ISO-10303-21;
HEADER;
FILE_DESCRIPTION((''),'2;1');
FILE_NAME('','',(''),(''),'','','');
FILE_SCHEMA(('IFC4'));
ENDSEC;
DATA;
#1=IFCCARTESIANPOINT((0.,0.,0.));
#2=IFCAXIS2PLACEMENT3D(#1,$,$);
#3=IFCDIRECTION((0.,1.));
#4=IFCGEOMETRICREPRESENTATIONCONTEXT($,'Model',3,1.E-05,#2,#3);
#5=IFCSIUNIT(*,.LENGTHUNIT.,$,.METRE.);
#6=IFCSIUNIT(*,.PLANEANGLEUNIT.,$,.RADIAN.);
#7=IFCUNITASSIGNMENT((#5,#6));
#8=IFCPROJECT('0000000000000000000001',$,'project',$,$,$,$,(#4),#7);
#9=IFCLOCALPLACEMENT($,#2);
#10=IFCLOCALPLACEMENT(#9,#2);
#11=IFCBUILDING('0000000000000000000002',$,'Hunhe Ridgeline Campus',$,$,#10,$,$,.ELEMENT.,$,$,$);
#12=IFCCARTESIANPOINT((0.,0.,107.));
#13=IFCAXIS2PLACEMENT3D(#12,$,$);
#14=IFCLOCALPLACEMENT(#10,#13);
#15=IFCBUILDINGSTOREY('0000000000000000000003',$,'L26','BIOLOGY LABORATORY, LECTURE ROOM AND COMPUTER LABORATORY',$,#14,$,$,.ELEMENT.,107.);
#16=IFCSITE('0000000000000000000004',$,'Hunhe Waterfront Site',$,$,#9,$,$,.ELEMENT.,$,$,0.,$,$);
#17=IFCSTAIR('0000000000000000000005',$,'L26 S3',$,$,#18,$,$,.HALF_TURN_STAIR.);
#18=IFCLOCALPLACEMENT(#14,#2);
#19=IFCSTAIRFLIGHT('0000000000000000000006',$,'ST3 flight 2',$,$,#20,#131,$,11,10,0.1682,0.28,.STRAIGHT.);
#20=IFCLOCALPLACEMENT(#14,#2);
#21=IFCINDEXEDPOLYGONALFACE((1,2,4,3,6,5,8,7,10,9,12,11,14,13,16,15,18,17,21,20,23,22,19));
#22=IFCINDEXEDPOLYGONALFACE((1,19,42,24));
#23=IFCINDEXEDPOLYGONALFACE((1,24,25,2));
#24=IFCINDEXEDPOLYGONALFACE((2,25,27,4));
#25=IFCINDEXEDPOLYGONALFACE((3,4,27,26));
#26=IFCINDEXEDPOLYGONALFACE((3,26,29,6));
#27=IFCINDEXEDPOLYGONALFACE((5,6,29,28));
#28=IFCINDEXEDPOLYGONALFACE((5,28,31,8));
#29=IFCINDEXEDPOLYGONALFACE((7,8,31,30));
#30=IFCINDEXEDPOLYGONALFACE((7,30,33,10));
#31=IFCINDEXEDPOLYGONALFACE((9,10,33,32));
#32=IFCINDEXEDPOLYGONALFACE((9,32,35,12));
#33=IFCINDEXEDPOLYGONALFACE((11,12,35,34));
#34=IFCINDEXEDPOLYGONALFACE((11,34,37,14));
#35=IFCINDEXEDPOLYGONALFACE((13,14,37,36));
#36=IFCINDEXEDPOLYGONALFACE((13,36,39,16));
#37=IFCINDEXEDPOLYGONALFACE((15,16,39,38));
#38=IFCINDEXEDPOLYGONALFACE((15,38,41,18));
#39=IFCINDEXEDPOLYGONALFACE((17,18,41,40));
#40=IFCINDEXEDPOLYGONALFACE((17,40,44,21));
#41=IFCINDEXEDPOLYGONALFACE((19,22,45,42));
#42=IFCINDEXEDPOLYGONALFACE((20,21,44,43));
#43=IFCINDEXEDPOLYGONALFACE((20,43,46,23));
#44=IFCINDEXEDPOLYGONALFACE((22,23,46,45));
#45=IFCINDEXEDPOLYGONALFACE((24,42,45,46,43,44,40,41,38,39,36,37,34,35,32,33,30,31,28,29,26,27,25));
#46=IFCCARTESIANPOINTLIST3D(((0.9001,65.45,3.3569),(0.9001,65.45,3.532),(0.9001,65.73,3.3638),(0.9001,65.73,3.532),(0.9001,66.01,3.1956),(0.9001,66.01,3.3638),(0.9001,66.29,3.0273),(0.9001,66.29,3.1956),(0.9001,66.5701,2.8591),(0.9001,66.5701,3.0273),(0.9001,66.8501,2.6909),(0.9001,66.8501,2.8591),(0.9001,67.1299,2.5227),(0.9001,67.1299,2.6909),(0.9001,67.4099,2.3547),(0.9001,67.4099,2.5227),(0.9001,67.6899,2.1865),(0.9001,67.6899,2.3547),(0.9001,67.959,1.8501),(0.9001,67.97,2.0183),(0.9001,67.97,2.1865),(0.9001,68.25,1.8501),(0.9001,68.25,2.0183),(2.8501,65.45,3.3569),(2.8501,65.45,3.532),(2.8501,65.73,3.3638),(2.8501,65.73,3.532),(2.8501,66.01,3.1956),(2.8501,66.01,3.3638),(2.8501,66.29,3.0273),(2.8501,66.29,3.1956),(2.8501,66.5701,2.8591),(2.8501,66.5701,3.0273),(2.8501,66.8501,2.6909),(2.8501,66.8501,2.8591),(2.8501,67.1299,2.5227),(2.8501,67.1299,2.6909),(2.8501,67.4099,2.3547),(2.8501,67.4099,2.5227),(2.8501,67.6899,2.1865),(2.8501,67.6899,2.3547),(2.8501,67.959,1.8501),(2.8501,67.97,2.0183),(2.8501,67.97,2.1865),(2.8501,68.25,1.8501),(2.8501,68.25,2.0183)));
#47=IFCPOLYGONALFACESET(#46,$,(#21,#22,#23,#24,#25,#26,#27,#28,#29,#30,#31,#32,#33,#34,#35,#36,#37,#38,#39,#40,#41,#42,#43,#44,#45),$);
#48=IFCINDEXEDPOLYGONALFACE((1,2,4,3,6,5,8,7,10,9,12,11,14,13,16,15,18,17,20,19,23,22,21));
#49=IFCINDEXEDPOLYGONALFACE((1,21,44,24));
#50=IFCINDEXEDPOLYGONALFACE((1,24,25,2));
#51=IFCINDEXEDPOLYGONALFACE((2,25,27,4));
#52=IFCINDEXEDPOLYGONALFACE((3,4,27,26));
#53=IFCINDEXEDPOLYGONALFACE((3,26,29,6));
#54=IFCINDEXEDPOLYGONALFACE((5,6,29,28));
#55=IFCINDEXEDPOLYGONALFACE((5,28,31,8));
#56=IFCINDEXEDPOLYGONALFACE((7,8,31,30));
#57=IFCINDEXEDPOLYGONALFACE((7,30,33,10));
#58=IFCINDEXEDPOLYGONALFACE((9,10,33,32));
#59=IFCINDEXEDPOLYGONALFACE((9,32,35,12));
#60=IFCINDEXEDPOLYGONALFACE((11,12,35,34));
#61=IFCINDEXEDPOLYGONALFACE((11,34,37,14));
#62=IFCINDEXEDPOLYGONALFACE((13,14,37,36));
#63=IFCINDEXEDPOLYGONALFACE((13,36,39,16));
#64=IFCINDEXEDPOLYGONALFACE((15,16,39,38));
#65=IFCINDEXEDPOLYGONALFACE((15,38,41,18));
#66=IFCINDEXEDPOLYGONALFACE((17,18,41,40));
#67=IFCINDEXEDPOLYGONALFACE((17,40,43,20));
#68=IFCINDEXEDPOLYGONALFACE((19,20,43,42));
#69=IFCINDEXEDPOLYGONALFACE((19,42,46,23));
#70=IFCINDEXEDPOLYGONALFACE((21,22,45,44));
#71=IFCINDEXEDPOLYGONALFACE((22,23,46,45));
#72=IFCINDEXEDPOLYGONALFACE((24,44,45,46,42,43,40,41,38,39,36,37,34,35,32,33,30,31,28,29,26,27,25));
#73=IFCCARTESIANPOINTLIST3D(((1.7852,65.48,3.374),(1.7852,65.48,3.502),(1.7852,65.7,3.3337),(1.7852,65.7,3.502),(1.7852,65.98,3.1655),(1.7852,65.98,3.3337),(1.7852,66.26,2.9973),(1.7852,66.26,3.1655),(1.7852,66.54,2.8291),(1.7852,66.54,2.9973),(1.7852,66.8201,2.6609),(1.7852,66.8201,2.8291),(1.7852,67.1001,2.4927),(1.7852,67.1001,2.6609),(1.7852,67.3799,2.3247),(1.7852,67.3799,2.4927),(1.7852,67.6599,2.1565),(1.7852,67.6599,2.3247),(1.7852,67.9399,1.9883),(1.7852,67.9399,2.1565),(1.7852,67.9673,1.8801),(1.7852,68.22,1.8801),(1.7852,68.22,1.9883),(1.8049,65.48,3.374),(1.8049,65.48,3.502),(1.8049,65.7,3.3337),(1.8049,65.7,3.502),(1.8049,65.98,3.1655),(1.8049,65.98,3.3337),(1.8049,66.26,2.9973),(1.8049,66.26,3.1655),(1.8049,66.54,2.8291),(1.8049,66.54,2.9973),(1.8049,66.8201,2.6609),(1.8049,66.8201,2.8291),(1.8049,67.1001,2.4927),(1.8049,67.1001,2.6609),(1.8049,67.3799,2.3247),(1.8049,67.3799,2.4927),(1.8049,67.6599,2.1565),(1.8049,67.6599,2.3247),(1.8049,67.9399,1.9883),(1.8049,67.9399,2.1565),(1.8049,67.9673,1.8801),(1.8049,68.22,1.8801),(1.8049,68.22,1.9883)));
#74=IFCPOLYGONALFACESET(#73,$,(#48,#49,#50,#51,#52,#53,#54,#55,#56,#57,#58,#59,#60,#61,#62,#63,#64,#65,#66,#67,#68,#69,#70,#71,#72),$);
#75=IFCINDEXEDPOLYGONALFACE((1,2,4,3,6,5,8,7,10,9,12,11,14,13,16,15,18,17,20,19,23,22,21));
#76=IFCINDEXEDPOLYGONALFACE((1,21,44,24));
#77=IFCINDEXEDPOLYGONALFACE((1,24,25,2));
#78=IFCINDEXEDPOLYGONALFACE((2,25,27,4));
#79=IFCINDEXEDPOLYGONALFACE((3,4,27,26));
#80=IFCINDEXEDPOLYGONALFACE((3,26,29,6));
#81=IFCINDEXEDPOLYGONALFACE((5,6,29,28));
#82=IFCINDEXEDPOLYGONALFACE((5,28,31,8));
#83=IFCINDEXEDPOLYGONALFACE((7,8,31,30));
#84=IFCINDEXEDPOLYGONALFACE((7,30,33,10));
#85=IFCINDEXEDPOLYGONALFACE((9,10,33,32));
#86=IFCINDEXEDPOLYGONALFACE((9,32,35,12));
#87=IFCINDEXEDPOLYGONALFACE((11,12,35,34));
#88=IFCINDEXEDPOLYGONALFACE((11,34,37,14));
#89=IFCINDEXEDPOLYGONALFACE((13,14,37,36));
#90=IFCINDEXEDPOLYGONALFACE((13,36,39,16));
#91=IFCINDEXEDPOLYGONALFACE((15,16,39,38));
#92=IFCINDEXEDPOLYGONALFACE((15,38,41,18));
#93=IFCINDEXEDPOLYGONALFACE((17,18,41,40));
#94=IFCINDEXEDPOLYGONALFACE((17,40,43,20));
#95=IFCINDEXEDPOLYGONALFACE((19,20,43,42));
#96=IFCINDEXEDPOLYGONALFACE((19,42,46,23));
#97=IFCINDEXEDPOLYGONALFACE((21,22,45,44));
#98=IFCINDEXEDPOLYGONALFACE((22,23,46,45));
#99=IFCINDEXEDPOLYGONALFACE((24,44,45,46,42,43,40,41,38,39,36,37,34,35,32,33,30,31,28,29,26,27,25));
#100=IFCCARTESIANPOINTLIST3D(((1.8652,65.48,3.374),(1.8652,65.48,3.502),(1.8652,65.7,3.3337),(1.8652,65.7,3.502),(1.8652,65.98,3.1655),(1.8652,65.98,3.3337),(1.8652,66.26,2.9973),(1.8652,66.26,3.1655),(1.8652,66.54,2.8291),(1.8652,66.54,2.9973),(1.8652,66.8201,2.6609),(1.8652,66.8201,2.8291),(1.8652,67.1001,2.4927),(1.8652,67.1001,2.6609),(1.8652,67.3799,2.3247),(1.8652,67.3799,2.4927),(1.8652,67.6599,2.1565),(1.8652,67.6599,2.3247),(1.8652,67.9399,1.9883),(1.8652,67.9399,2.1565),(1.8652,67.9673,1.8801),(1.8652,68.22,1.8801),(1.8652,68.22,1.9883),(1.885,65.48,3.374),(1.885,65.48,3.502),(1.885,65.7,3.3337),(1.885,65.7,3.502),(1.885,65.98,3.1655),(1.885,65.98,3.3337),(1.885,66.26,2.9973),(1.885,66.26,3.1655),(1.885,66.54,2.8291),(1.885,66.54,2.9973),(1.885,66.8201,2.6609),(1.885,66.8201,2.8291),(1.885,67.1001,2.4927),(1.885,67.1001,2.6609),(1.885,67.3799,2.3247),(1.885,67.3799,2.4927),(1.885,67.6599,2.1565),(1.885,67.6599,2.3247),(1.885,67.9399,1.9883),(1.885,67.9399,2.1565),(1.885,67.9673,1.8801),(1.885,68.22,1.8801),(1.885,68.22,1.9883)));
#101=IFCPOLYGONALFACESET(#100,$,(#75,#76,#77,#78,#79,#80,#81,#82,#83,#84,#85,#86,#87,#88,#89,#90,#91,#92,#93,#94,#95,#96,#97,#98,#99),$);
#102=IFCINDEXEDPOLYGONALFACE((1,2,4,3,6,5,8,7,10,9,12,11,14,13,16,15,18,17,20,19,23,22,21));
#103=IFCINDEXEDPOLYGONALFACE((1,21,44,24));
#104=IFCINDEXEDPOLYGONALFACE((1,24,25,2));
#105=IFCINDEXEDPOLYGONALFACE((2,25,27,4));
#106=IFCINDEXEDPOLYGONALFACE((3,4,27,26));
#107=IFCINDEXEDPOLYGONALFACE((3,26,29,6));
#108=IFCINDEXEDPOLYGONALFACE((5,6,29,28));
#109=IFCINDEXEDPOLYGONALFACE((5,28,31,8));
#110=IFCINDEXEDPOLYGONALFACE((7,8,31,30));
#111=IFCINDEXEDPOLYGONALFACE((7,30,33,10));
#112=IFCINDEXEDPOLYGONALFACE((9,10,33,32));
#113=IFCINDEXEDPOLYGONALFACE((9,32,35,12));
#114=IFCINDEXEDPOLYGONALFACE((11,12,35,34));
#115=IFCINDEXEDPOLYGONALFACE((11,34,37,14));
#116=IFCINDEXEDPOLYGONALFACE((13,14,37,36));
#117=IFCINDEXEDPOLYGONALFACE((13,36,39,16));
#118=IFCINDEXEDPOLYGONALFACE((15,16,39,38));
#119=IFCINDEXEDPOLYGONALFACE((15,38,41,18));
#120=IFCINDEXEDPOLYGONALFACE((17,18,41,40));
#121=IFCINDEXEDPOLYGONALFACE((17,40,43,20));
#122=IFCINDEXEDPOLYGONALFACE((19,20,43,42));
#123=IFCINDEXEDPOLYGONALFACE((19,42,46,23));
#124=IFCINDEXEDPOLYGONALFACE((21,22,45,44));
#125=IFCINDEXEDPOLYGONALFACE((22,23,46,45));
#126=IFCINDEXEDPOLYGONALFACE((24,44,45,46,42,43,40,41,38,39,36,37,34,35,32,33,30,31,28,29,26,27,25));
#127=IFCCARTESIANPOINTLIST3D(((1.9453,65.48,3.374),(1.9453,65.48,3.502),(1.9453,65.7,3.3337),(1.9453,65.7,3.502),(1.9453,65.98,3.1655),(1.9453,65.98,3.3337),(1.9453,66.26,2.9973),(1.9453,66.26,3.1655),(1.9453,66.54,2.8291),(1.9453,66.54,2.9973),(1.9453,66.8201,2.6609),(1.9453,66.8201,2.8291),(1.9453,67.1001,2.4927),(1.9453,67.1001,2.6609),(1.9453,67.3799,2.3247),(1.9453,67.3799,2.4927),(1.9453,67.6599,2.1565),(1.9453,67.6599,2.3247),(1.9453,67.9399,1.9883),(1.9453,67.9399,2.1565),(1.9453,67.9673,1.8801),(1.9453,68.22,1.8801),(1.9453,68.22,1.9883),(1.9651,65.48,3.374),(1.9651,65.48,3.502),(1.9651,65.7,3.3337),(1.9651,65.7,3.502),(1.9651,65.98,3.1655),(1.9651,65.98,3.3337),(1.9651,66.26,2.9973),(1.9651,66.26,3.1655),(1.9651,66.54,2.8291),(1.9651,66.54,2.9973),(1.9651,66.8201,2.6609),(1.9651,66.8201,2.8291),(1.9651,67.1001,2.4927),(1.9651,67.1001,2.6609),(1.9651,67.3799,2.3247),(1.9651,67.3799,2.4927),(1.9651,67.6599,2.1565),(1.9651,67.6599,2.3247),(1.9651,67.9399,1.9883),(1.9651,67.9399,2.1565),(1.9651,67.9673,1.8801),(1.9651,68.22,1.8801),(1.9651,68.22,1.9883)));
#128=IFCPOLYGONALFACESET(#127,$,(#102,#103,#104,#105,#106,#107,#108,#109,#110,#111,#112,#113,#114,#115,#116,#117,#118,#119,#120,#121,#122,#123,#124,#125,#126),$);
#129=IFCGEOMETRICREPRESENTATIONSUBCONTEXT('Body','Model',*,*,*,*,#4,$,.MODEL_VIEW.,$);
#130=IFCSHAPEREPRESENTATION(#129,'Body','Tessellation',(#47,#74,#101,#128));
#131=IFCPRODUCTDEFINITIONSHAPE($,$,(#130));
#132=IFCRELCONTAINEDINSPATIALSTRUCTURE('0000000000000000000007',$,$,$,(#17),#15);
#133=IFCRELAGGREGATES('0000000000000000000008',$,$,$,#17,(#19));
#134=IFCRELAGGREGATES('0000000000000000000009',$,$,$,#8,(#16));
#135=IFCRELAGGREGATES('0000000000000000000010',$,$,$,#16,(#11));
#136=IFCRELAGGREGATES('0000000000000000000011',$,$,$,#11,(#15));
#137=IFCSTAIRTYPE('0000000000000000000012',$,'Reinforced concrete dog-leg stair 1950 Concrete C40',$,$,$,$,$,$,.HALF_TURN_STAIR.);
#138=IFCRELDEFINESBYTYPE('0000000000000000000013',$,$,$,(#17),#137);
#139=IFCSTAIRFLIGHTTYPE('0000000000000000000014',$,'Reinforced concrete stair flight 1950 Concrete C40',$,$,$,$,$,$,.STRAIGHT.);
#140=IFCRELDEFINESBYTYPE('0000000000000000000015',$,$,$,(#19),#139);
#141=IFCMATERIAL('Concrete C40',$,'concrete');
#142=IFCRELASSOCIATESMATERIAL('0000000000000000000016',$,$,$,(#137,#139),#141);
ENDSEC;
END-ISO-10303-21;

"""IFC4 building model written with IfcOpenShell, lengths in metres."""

from ifc_helpers import new_model, si_unit, direction, frame, origin, place, context, subcontext, project, spatial, polyline, outline, extrude, material, type_object, element, aggregate, save


model = new_model("IFC4")

# Units and contexts
model_context = context("Model", 3, precision=1e-05, world=origin(), true_north=direction((0.0, 1.0)))
body_context = subcontext(model_context, "Body", "Model", "MODEL_VIEW")
ifc_project = project(units=[si_unit("LENGTHUNIT", "METRE"), si_unit("PLANEANGLEUNIT", "RADIAN")], contexts=[model_context])

# Site, building, storey
site_placement = place(None, origin())
site = spatial("IfcSite", under=ifc_project, at=site_placement, Name="Hunhe Waterfront Site", CompositionType="ELEMENT", RefElevation=0.0)
building_placement = place(site_placement, origin())
building = spatial("IfcBuilding", under=site, at=building_placement, Name="Hunhe Ridgeline Campus", CompositionType="ELEMENT")
storey_placement = place(building_placement, frame((0.0, 0.0, 107.0)))
storey = spatial("IfcBuildingStorey", under=building, at=storey_placement, Name="L26", Description="BIOLOGY LABORATORY, LECTURE ROOM AND COMPUTER LABORATORY", CompositionType="ELEMENT", Elevation=107.0)

# Stair, stair flight
ifc_material_1 = material(Name="Concrete C40", Category="concrete")
stair_type = type_object("IfcStairType", Name="Reinforced concrete dog-leg stair 1950 Concrete C40", PredefinedType="HALF_TURN_STAIR", material=ifc_material_1)
stair_1_placement = place(storey_placement, origin())
stair_1 = element("IfcStair", 1, at=stair_1_placement, inside=storey, type_object=stair_type, Name="L26 S3", PredefinedType="HALF_TURN_STAIR")
stair_flight_type = type_object("IfcStairFlightType", Name="Reinforced concrete stair flight 1950 Concrete C40", PredefinedType="STRAIGHT", material=ifc_material_1)
stair_flight_1_placement = place(storey_placement, frame((1.875, 68.25, 1.8501), z_axis=(0.0, 0.0, 1.0), x_axis=(0.0, -1.0, 0.0)))
stair_flight_1 = element("IfcStairFlight", 2, at=stair_flight_1_placement, type_object=stair_flight_type, Name="ST3 flight 2", NumberOfRisers=11, NumberOfTreads=10, PredefinedType="STRAIGHT", RiserHeight=0.1682, TreadLength=0.28, context=body_context, shape_type="SweptSolid", body=[
    extrude(outline(polyline([(0.0, 0.0), (0.0, 0.1682), (0.28, 0.1682), (0.28, 0.3364), (0.5601, 0.3364), (0.5601, 0.5046), (0.8401, 0.5046), (0.8401, 0.6726), (1.1201, 0.6726), (1.1201, 0.8408), (1.3999, 0.8408), (1.3999, 1.009), (1.6799, 1.009), (1.6799, 1.1772), (1.96, 1.1772), (1.96, 1.3455), (2.24, 1.3455), (2.24, 1.5137), (2.52, 1.5137), (2.52, 1.6819), (2.8, 1.6819), (2.8, 1.8501), (2.8, 1.5068), (0.291, 0.0), (0.0, 0.0)])), frame((0.0, 0.9751, 0.0), z_axis=(0.0, -1.0, 0.0), x_axis=(1.0, 0.0, 0.0)), (0.0, 0.0, 1.0), 1.95),
    extrude(outline(polyline([(0.03, 0.03), (0.03, 0.1382), (0.3101, 0.1382), (0.3101, 0.3064), (0.5901, 0.3064), (0.5901, 0.4746), (0.8701, 0.4746), (0.8701, 0.6426), (1.1499, 0.6426), (1.1499, 0.8108), (1.4299, 0.8108), (1.4299, 0.979), (1.71, 0.979), (1.71, 1.1472), (1.99, 1.1472), (1.99, 1.3154), (2.27, 1.3154), (2.27, 1.4836), (2.55, 1.4836), (2.55, 1.6519), (2.77, 1.6519), (2.77, 1.5239), (0.2827, 0.03), (0.03, 0.03)])), frame((0.0, -0.0701, 0.0), z_axis=(0.0, -1.0, 0.0), x_axis=(1.0, 0.0, 0.0)), (0.0, 0.0, 1.0), 0.0198),
    extrude(outline(polyline([(0.03, 0.03), (0.03, 0.1382), (0.3101, 0.1382), (0.3101, 0.3064), (0.5901, 0.3064), (0.5901, 0.4746), (0.8701, 0.4746), (0.8701, 0.6426), (1.1499, 0.6426), (1.1499, 0.8108), (1.4299, 0.8108), (1.4299, 0.979), (1.71, 0.979), (1.71, 1.1472), (1.99, 1.1472), (1.99, 1.3154), (2.27, 1.3154), (2.27, 1.4836), (2.55, 1.4836), (2.55, 1.6519), (2.77, 1.6519), (2.77, 1.5239), (0.2827, 0.03), (0.03, 0.03)])), frame((0.0, 0.01, 0.0), z_axis=(0.0, -1.0, 0.0), x_axis=(1.0, 0.0, 0.0)), (0.0, 0.0, 1.0), 0.0198),
    extrude(outline(polyline([(0.03, 0.03), (0.03, 0.1382), (0.3101, 0.1382), (0.3101, 0.3064), (0.5901, 0.3064), (0.5901, 0.4746), (0.8701, 0.4746), (0.8701, 0.6426), (1.1499, 0.6426), (1.1499, 0.8108), (1.4299, 0.8108), (1.4299, 0.979), (1.71, 0.979), (1.71, 1.1472), (1.99, 1.1472), (1.99, 1.3154), (2.27, 1.3154), (2.27, 1.4836), (2.55, 1.4836), (2.55, 1.6519), (2.77, 1.6519), (2.77, 1.5239), (0.2827, 0.03), (0.03, 0.03)])), frame((0.0, 0.0901, 0.0), z_axis=(0.0, -1.0, 0.0), x_axis=(1.0, 0.0, 0.0)), (0.0, 0.0, 1.0), 0.0198),
])
aggregate(stair_1, [stair_flight_1])

save(model, "model.ifc")
